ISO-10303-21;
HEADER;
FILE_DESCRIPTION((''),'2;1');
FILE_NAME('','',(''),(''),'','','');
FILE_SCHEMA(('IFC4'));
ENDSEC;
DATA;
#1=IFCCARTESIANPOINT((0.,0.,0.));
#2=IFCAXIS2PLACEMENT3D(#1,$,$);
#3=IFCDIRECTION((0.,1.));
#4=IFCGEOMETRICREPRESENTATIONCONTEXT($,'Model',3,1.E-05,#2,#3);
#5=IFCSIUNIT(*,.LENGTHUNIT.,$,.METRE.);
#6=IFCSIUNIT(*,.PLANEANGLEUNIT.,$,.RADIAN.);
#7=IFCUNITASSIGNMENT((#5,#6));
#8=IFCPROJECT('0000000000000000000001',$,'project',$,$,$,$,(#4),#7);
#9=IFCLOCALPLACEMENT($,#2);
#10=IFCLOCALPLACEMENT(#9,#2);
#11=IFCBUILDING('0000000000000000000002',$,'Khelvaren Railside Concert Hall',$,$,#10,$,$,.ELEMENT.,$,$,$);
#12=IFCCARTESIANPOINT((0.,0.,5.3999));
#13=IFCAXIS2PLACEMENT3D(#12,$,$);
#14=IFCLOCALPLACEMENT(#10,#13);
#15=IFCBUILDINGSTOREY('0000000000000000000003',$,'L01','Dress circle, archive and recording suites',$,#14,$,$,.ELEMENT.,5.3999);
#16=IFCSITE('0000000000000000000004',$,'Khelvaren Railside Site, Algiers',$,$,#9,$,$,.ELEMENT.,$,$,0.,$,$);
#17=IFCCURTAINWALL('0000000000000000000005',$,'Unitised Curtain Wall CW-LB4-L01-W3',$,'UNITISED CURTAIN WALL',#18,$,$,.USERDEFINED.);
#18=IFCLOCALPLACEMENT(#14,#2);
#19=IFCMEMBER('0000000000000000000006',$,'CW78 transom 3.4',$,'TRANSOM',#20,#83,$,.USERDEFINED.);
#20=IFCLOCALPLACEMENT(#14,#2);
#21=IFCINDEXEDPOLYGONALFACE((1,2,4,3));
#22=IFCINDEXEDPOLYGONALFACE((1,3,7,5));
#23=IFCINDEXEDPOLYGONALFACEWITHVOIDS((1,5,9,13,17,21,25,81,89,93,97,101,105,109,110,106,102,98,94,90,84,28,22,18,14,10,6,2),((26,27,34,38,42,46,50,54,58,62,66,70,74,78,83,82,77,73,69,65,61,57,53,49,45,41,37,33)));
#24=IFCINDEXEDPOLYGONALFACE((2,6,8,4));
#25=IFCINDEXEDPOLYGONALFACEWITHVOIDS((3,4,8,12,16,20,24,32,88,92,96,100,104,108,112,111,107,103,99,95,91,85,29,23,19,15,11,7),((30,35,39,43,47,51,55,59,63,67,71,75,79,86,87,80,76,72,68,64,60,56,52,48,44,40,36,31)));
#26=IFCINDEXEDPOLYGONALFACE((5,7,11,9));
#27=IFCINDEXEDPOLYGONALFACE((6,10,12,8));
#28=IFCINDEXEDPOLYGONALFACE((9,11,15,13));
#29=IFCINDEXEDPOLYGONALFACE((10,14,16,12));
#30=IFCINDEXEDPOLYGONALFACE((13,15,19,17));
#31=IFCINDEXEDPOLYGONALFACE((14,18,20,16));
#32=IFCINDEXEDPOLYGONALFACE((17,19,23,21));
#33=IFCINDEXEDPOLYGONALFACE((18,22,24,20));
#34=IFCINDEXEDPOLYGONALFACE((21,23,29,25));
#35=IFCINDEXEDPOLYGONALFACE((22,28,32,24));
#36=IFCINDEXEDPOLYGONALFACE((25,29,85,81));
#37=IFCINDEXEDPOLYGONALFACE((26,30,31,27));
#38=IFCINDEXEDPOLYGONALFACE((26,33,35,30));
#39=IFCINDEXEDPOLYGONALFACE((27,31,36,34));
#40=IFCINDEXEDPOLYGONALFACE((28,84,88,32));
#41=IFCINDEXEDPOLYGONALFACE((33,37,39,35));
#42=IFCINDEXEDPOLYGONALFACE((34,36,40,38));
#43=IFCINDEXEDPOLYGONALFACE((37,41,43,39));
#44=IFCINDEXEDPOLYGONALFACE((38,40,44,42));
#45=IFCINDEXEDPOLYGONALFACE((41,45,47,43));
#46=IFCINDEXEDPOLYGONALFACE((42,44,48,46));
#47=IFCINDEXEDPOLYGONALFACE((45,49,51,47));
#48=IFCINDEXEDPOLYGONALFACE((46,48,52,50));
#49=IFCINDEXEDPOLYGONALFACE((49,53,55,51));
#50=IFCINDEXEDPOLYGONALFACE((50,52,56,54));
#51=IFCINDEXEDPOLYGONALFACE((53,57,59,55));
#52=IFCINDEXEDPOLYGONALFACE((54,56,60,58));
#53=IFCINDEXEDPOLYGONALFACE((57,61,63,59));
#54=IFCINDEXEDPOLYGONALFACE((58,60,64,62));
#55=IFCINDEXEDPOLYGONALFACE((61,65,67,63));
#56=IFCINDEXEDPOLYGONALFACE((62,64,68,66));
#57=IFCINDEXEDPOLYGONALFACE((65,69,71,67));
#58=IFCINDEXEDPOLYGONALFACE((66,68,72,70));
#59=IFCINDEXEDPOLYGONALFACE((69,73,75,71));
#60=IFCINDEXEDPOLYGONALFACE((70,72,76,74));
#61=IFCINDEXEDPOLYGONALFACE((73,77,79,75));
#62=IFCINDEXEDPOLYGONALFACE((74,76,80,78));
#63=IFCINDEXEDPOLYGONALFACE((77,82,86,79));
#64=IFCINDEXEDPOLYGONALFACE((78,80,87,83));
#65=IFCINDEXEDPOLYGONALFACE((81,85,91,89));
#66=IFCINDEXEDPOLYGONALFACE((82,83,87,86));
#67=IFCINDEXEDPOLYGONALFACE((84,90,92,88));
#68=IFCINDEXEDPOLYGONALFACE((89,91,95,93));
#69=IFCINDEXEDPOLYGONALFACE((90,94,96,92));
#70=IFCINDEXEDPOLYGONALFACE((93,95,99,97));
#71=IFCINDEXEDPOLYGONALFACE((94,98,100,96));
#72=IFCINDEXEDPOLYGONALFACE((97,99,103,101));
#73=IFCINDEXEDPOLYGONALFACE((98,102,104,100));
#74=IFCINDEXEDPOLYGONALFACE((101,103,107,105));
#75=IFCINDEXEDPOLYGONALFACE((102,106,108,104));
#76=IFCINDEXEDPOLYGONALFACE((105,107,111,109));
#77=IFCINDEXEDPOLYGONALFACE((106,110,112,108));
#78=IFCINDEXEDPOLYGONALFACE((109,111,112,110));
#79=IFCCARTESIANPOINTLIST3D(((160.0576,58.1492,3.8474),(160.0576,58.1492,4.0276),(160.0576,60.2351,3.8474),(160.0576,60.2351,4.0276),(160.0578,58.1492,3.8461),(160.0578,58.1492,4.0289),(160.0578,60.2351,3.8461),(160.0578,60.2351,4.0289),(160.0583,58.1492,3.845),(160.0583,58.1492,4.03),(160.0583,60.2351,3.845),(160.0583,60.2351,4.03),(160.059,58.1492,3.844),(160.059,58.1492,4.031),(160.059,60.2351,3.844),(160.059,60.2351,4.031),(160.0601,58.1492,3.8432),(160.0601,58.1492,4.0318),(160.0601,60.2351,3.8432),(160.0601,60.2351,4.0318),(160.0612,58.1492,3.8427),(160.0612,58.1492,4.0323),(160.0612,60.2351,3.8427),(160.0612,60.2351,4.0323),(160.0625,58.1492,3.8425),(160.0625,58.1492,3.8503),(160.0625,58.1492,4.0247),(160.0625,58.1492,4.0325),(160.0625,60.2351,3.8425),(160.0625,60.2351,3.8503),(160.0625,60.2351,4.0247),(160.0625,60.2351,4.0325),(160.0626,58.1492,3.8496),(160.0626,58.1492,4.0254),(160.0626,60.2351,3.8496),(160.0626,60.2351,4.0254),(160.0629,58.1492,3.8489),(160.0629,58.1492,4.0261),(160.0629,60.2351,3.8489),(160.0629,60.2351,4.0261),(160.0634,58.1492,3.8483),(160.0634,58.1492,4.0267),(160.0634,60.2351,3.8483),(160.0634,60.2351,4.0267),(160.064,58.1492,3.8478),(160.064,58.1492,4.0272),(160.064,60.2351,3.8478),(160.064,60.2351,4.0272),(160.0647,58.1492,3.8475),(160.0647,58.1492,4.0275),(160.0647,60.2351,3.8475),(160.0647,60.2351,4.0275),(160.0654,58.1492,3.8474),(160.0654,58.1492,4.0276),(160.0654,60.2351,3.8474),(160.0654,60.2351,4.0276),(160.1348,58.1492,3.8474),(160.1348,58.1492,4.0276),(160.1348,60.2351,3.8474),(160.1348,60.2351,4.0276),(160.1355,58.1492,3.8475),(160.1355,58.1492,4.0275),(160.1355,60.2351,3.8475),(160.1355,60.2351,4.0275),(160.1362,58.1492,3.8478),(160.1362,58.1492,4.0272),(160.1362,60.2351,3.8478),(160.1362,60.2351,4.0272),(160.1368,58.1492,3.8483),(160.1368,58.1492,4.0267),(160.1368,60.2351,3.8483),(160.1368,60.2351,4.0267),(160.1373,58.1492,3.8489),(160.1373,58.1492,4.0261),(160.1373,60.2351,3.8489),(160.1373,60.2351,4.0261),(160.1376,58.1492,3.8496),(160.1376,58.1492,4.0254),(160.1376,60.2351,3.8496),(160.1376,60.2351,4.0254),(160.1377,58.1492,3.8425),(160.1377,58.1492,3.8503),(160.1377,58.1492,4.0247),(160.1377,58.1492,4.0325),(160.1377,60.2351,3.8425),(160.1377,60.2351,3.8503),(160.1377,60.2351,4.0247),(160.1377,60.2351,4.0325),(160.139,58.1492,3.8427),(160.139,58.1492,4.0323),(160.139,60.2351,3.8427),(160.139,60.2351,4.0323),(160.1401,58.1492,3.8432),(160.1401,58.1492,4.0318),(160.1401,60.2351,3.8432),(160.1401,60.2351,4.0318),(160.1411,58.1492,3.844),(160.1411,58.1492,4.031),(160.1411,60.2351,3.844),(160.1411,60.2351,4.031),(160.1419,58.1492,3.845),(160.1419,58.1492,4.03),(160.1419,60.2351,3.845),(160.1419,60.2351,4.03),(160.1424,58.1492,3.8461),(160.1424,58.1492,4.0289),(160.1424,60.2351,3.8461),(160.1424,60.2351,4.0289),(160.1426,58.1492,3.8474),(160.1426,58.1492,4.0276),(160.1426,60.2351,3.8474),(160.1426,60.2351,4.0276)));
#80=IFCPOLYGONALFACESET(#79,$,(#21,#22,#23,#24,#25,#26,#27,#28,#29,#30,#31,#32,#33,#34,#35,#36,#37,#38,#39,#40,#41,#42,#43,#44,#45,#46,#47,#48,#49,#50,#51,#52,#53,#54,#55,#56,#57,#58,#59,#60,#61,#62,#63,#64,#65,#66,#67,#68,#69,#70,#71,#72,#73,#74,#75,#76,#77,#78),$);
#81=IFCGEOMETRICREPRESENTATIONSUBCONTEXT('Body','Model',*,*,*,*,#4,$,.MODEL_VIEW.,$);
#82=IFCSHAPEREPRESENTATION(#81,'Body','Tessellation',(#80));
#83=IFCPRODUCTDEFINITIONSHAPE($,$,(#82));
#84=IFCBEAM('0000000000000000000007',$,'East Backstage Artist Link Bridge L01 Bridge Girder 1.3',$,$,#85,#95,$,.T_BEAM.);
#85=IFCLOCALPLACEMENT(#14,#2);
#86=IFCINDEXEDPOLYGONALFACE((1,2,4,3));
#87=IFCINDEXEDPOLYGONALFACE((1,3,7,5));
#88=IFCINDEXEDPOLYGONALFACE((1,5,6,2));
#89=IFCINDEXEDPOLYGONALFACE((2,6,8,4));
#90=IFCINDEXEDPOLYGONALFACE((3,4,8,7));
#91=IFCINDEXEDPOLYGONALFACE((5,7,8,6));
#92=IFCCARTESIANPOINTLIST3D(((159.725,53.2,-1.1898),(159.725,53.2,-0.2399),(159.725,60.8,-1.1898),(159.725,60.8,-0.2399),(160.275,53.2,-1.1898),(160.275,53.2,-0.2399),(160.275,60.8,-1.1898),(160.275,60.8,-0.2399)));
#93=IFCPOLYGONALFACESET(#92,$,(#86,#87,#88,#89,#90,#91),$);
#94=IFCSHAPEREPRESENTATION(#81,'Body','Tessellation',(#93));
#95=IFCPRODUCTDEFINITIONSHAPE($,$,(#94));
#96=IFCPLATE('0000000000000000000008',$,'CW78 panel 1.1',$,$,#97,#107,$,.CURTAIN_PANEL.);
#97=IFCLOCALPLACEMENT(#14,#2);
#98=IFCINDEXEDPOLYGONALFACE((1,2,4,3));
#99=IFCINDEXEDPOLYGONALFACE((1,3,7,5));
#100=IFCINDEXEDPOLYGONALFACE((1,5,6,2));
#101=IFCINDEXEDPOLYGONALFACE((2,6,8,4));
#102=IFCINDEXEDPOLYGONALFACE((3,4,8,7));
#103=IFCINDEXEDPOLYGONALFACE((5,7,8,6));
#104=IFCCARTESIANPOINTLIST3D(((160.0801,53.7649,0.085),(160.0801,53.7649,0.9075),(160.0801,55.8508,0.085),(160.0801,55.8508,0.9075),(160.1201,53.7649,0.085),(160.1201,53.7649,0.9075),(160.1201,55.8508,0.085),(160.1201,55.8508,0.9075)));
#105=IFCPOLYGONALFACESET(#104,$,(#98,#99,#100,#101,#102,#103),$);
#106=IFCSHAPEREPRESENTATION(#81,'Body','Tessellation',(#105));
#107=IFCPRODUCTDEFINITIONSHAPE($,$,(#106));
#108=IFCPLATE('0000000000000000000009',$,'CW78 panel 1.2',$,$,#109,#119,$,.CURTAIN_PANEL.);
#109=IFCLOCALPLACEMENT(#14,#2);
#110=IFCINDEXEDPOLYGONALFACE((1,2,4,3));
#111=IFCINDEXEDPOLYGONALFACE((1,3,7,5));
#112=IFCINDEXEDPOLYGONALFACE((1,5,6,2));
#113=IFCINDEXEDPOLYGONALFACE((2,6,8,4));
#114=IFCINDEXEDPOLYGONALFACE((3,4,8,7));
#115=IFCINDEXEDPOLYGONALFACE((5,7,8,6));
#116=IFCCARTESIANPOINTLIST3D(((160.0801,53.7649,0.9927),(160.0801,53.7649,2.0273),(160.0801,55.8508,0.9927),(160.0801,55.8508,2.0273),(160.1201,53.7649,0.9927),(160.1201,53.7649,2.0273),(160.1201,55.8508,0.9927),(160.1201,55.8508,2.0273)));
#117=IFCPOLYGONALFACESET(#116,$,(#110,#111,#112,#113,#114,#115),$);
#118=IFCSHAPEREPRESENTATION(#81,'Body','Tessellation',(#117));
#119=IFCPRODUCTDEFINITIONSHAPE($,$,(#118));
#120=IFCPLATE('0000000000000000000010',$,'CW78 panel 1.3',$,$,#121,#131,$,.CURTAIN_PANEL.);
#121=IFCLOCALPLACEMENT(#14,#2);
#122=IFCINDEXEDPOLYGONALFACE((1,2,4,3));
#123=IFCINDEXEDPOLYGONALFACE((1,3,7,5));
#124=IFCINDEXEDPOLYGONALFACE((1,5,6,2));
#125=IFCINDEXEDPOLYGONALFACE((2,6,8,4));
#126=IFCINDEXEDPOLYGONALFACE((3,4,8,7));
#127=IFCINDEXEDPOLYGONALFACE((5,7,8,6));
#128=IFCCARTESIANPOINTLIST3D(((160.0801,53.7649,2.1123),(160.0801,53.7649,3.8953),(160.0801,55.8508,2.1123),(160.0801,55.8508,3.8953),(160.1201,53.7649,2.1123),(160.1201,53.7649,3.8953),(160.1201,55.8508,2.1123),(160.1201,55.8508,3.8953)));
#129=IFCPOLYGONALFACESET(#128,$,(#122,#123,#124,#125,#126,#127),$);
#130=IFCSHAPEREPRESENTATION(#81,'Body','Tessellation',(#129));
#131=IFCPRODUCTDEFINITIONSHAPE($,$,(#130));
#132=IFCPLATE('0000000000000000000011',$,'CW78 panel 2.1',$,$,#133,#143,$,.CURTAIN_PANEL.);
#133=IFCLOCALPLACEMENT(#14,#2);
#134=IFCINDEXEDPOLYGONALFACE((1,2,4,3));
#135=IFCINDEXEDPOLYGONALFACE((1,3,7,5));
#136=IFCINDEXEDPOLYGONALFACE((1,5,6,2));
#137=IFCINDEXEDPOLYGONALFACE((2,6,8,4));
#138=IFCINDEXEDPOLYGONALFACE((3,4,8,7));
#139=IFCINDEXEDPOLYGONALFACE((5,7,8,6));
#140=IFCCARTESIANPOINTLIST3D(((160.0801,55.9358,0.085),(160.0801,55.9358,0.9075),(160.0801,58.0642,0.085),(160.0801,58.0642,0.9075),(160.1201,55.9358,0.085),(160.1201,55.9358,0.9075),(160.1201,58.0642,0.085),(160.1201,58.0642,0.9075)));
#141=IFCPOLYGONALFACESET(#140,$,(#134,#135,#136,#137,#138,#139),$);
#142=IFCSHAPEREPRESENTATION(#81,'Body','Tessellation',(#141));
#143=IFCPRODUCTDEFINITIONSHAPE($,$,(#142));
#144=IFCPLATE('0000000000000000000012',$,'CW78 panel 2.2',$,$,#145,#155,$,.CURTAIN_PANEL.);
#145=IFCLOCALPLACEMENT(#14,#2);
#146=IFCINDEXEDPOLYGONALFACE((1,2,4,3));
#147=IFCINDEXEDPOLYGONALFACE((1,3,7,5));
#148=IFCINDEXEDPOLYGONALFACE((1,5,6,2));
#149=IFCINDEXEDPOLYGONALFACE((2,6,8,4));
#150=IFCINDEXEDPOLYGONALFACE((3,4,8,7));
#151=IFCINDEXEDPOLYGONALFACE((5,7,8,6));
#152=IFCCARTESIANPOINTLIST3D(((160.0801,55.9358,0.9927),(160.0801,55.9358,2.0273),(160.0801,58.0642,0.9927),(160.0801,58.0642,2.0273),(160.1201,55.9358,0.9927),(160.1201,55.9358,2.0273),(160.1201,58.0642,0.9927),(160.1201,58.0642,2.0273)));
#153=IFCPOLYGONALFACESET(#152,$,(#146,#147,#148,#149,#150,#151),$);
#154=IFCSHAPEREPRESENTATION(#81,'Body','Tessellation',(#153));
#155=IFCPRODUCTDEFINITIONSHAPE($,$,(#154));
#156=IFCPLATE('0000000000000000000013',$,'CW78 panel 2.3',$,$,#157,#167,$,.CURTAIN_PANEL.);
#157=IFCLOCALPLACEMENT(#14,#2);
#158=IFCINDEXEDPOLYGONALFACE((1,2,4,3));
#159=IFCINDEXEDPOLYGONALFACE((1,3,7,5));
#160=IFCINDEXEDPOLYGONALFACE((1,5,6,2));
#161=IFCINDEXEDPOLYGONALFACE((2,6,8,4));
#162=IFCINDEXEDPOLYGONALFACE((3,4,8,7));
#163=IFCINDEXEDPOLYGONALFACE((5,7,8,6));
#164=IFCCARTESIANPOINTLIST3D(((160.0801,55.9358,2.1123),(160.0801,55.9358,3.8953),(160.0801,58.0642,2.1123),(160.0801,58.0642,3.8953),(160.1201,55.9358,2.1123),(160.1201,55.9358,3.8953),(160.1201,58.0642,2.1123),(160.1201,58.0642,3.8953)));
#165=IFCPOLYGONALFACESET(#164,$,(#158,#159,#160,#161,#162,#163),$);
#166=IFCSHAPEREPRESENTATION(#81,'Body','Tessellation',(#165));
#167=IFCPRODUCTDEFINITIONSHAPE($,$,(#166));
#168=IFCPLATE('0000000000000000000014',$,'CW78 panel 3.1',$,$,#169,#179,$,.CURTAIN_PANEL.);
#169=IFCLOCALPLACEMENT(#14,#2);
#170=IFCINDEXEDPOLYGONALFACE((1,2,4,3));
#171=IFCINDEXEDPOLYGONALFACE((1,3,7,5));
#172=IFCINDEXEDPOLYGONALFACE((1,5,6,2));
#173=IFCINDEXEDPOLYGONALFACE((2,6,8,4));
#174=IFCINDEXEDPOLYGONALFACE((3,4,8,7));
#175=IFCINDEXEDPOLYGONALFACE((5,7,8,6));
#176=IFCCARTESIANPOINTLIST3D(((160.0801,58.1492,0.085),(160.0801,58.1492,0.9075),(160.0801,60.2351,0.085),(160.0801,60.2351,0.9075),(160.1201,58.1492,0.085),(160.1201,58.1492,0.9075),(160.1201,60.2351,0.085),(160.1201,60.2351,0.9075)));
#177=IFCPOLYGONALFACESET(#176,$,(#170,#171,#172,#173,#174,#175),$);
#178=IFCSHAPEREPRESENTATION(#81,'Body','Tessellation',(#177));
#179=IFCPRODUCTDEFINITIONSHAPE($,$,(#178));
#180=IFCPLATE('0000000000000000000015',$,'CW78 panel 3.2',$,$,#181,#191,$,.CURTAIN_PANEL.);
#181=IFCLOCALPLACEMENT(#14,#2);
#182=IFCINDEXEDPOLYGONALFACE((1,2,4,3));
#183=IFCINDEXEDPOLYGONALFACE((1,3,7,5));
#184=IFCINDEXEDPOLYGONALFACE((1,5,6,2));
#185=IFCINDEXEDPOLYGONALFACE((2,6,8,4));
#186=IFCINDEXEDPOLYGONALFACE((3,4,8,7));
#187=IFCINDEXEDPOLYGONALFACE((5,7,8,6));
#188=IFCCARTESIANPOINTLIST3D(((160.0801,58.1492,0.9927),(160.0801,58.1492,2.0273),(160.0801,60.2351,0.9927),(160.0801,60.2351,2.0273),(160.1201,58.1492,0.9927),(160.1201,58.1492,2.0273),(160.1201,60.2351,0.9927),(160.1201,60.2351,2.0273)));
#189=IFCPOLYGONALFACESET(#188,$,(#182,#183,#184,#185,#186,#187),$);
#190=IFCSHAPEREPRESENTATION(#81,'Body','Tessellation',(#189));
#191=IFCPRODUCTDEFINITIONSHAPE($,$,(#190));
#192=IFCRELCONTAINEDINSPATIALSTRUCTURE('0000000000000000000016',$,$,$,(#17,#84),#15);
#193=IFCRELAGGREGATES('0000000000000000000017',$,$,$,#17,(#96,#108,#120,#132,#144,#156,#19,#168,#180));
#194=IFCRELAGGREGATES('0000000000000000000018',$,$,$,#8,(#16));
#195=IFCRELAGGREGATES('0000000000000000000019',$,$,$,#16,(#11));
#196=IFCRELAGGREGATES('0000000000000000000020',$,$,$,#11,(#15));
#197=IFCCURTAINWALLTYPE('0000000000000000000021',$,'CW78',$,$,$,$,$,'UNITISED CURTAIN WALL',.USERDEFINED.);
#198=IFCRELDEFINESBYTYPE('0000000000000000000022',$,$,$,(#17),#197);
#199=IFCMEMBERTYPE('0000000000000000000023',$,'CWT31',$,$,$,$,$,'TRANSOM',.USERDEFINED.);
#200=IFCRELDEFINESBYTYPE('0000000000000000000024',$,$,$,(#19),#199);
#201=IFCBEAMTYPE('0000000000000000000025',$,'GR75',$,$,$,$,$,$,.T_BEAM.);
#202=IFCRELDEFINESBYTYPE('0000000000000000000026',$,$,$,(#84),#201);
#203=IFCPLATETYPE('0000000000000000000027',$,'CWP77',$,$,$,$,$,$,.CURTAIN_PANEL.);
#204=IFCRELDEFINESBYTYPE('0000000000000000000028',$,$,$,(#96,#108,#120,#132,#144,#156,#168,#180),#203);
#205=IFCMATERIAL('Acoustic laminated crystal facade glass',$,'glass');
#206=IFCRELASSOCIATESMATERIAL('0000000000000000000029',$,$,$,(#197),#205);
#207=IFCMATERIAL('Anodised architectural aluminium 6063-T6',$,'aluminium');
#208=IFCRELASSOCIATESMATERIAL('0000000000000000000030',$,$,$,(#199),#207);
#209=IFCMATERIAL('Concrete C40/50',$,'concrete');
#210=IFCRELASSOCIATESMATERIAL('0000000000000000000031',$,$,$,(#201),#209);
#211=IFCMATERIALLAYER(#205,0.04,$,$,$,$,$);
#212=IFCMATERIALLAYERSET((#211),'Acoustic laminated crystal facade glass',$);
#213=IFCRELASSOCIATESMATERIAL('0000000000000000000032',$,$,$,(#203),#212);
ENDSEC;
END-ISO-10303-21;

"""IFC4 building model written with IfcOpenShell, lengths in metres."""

from ifc_helpers import new_model, si_unit, direction, frame, origin, origin_2d, place, context, subcontext, project, spatial, rectangle, hollow_rectangle, extrude, material, layer, layer_set, material_profile, profile_set, type_object, element, aggregate, save


model = new_model("IFC4")

# Units and contexts
model_context = context("Model", 3, precision=1e-05, world=origin(), true_north=direction((0.0, 1.0)))
body_context = subcontext(model_context, "Body", "Model", "MODEL_VIEW")
ifc_project = project(units=[si_unit("LENGTHUNIT", "METRE"), si_unit("PLANEANGLEUNIT", "RADIAN")], contexts=[model_context])

# Site, building, storey
site_placement = place(None, origin())
site = spatial("IfcSite", under=ifc_project, at=site_placement, Name="Khelvaren Railside Site, Algiers", CompositionType="ELEMENT", RefElevation=0.0)
building_placement = place(site_placement, origin())
building = spatial("IfcBuilding", under=site, at=building_placement, Name="Khelvaren Railside Concert Hall", CompositionType="ELEMENT")
storey_placement = place(building_placement, frame((0.0, 0.0, 5.3999)))
storey = spatial("IfcBuildingStorey", under=building, at=storey_placement, Name="L01", Description="Dress circle, archive and recording suites", CompositionType="ELEMENT", Elevation=5.3999)

# Curtain wall, member
ifc_material_1 = material(Name="Acoustic laminated crystal facade glass", Category="glass")
curtain_wall_type = type_object("IfcCurtainWallType", Name="CW78", ElementType="UNITISED CURTAIN WALL", PredefinedType="USERDEFINED", material=ifc_material_1)
curtain_wall_placement = place(storey_placement, origin())
curtain_wall = element("IfcCurtainWall", 1, at=curtain_wall_placement, inside=storey, type_object=curtain_wall_type, Name="Unitised Curtain Wall CW-LB4-L01-W3", ObjectType="UNITISED CURTAIN WALL", PredefinedType="USERDEFINED")
ifc_material_2 = material(Name="Anodised architectural aluminium 6063-T6", Category="aluminium")
ifc_material_profile_1 = material_profile(ifc_material_2, hollow_rectangle(XDim=0.085, YDim=0.1899, WallThickness=0.0049, InnerFilletRadius=0.0029, OuterFilletRadius=0.0049, at=origin_2d()), Name="CWT 85x190x5")
ifc_profile_set_1 = profile_set([ifc_material_profile_1], Name="Anodised architectural aluminium 6063-T6")
member_type_1 = type_object("IfcMemberType", Name="CWT31", ElementType="TRANSOM", PredefinedType="USERDEFINED", material=ifc_profile_set_1)
member_1_placement = place(storey_placement, frame((160.1001, 58.1492, 3.9375), z_axis=(0.0, 1.0, 0.0), x_axis=(-1.0, 0.0, 0.0)))
member_1 = element("IfcMember", 2, at=member_1_placement, type_object=member_type_1, Name="CW78 transom 3.4", ObjectType="TRANSOM", PredefinedType="USERDEFINED", context=body_context, shape_type="SweptSolid", body=[
    extrude(hollow_rectangle(XDim=0.085, YDim=0.1899, WallThickness=0.0049, InnerFilletRadius=0.0029, OuterFilletRadius=0.0049, at=origin_2d()), origin(), (0.0, 0.0, 1.0), 2.0859),
])

# Beam
ifc_material_3 = material(Name="Concrete C40/50", Category="concrete")
ifc_material_profile_2 = material_profile(ifc_material_3, rectangle(XDim=0.55, YDim=0.95, at=origin_2d()), Name="RCB 550x950")
ifc_profile_set_2 = profile_set([ifc_material_profile_2], Name="Concrete C40/50")
beam_type = type_object("IfcBeamType", Name="GR75", PredefinedType="T_BEAM", material=ifc_profile_set_2)
beam_placement = place(storey_placement, frame((160.0, 53.2, -0.7148), z_axis=(0.0, 1.0, 0.0), x_axis=(-1.0, 0.0, 0.0)))
element("IfcBeam", 3, at=beam_placement, inside=storey, type_object=beam_type, Name="East Backstage Artist Link Bridge L01 Bridge Girder 1.3", PredefinedType="T_BEAM", context=body_context, shape_type="SweptSolid", body=[
    extrude(rectangle(XDim=0.55, YDim=0.95, at=origin_2d()), origin(), (0.0, 0.0, 1.0), 7.6001),
])

# Plates
ifc_layer = layer(ifc_material_1, 0.04)
ifc_layer_set = layer_set([ifc_layer], Name="Acoustic laminated crystal facade glass")
plate_type = type_object("IfcPlateType", Name="CWP77", PredefinedType="CURTAIN_PANEL", material=ifc_layer_set)
plate_1_placement = place(storey_placement, frame((160.1001, 54.8079, 0.085), z_axis=(0.0, 0.0, 1.0), x_axis=(0.0, 1.0, 0.0)))
plate_1 = element("IfcPlate", 4, at=plate_1_placement, type_object=plate_type, Name="CW78 panel 1.1", PredefinedType="CURTAIN_PANEL", context=body_context, shape_type="SweptSolid", body=[
    extrude(rectangle(XDim=2.0859, YDim=0.04, at=origin_2d()), origin(), (0.0, 0.0, 1.0), 0.8225),
])
plate_2_placement = place(storey_placement, frame((160.1001, 54.8079, 0.9927), z_axis=(0.0, 0.0, 1.0), x_axis=(0.0, 1.0, 0.0)))
plate_2 = element("IfcPlate", 5, at=plate_2_placement, type_object=plate_type, Name="CW78 panel 1.2", PredefinedType="CURTAIN_PANEL", context=body_context, shape_type="SweptSolid", body=[
    extrude(rectangle(XDim=2.0859, YDim=0.04, at=origin_2d()), origin(), (0.0, 0.0, 1.0), 1.0347),
])
plate_3_placement = place(storey_placement, frame((160.1001, 54.8079, 2.1123), z_axis=(0.0, 0.0, 1.0), x_axis=(0.0, 1.0, 0.0)))
plate_3 = element("IfcPlate", 6, at=plate_3_placement, type_object=plate_type, Name="CW78 panel 1.3", PredefinedType="CURTAIN_PANEL", context=body_context, shape_type="SweptSolid", body=[
    extrude(rectangle(XDim=2.0859, YDim=0.04, at=origin_2d()), origin(), (0.0, 0.0, 1.0), 1.783),
])
plate_4_placement = place(storey_placement, frame((160.1001, 57.0, 0.085), z_axis=(0.0, 0.0, 1.0), x_axis=(0.0, 1.0, 0.0)))
plate_4 = element("IfcPlate", 7, at=plate_4_placement, type_object=plate_type, Name="CW78 panel 2.1", PredefinedType="CURTAIN_PANEL", context=body_context, shape_type="SweptSolid", body=[
    extrude(rectangle(XDim=2.1284, YDim=0.04, at=origin_2d()), origin(), (0.0, 0.0, 1.0), 0.8225),
])
plate_5_placement = place(storey_placement, frame((160.1001, 57.0, 0.9927), z_axis=(0.0, 0.0, 1.0), x_axis=(0.0, 1.0, 0.0)))
plate_5 = element("IfcPlate", 8, at=plate_5_placement, type_object=plate_type, Name="CW78 panel 2.2", PredefinedType="CURTAIN_PANEL", context=body_context, shape_type="SweptSolid", body=[
    extrude(rectangle(XDim=2.1284, YDim=0.04, at=origin_2d()), origin(), (0.0, 0.0, 1.0), 1.0347),
])
plate_6_placement = place(storey_placement, frame((160.1001, 57.0, 2.1123), z_axis=(0.0, 0.0, 1.0), x_axis=(0.0, 1.0, 0.0)))
plate_6 = element("IfcPlate", 9, at=plate_6_placement, type_object=plate_type, Name="CW78 panel 2.3", PredefinedType="CURTAIN_PANEL", context=body_context, shape_type="SweptSolid", body=[
    extrude(rectangle(XDim=2.1284, YDim=0.04, at=origin_2d()), origin(), (0.0, 0.0, 1.0), 1.783),
])
plate_7_placement = place(storey_placement, frame((160.1001, 59.1921, 0.085), z_axis=(0.0, 0.0, 1.0), x_axis=(0.0, 1.0, 0.0)))
plate_7 = element("IfcPlate", 10, at=plate_7_placement, type_object=plate_type, Name="CW78 panel 3.1", PredefinedType="CURTAIN_PANEL", context=body_context, shape_type="SweptSolid", body=[
    extrude(rectangle(XDim=2.0859, YDim=0.04, at=origin_2d()), origin(), (0.0, 0.0, 1.0), 0.8225),
])
plate_8_placement = place(storey_placement, frame((160.1001, 59.1921, 0.9927), z_axis=(0.0, 0.0, 1.0), x_axis=(0.0, 1.0, 0.0)))
plate_8 = element("IfcPlate", 11, at=plate_8_placement, type_object=plate_type, Name="CW78 panel 3.2", PredefinedType="CURTAIN_PANEL", context=body_context, shape_type="SweptSolid", body=[
    extrude(rectangle(XDim=2.0859, YDim=0.04, at=origin_2d()), origin(), (0.0, 0.0, 1.0), 1.0347),
])
aggregate(curtain_wall, [plate_1, plate_2, plate_3, plate_4, plate_5, plate_6, member_1, plate_7, plate_8])

save(model, "model.ifc")
